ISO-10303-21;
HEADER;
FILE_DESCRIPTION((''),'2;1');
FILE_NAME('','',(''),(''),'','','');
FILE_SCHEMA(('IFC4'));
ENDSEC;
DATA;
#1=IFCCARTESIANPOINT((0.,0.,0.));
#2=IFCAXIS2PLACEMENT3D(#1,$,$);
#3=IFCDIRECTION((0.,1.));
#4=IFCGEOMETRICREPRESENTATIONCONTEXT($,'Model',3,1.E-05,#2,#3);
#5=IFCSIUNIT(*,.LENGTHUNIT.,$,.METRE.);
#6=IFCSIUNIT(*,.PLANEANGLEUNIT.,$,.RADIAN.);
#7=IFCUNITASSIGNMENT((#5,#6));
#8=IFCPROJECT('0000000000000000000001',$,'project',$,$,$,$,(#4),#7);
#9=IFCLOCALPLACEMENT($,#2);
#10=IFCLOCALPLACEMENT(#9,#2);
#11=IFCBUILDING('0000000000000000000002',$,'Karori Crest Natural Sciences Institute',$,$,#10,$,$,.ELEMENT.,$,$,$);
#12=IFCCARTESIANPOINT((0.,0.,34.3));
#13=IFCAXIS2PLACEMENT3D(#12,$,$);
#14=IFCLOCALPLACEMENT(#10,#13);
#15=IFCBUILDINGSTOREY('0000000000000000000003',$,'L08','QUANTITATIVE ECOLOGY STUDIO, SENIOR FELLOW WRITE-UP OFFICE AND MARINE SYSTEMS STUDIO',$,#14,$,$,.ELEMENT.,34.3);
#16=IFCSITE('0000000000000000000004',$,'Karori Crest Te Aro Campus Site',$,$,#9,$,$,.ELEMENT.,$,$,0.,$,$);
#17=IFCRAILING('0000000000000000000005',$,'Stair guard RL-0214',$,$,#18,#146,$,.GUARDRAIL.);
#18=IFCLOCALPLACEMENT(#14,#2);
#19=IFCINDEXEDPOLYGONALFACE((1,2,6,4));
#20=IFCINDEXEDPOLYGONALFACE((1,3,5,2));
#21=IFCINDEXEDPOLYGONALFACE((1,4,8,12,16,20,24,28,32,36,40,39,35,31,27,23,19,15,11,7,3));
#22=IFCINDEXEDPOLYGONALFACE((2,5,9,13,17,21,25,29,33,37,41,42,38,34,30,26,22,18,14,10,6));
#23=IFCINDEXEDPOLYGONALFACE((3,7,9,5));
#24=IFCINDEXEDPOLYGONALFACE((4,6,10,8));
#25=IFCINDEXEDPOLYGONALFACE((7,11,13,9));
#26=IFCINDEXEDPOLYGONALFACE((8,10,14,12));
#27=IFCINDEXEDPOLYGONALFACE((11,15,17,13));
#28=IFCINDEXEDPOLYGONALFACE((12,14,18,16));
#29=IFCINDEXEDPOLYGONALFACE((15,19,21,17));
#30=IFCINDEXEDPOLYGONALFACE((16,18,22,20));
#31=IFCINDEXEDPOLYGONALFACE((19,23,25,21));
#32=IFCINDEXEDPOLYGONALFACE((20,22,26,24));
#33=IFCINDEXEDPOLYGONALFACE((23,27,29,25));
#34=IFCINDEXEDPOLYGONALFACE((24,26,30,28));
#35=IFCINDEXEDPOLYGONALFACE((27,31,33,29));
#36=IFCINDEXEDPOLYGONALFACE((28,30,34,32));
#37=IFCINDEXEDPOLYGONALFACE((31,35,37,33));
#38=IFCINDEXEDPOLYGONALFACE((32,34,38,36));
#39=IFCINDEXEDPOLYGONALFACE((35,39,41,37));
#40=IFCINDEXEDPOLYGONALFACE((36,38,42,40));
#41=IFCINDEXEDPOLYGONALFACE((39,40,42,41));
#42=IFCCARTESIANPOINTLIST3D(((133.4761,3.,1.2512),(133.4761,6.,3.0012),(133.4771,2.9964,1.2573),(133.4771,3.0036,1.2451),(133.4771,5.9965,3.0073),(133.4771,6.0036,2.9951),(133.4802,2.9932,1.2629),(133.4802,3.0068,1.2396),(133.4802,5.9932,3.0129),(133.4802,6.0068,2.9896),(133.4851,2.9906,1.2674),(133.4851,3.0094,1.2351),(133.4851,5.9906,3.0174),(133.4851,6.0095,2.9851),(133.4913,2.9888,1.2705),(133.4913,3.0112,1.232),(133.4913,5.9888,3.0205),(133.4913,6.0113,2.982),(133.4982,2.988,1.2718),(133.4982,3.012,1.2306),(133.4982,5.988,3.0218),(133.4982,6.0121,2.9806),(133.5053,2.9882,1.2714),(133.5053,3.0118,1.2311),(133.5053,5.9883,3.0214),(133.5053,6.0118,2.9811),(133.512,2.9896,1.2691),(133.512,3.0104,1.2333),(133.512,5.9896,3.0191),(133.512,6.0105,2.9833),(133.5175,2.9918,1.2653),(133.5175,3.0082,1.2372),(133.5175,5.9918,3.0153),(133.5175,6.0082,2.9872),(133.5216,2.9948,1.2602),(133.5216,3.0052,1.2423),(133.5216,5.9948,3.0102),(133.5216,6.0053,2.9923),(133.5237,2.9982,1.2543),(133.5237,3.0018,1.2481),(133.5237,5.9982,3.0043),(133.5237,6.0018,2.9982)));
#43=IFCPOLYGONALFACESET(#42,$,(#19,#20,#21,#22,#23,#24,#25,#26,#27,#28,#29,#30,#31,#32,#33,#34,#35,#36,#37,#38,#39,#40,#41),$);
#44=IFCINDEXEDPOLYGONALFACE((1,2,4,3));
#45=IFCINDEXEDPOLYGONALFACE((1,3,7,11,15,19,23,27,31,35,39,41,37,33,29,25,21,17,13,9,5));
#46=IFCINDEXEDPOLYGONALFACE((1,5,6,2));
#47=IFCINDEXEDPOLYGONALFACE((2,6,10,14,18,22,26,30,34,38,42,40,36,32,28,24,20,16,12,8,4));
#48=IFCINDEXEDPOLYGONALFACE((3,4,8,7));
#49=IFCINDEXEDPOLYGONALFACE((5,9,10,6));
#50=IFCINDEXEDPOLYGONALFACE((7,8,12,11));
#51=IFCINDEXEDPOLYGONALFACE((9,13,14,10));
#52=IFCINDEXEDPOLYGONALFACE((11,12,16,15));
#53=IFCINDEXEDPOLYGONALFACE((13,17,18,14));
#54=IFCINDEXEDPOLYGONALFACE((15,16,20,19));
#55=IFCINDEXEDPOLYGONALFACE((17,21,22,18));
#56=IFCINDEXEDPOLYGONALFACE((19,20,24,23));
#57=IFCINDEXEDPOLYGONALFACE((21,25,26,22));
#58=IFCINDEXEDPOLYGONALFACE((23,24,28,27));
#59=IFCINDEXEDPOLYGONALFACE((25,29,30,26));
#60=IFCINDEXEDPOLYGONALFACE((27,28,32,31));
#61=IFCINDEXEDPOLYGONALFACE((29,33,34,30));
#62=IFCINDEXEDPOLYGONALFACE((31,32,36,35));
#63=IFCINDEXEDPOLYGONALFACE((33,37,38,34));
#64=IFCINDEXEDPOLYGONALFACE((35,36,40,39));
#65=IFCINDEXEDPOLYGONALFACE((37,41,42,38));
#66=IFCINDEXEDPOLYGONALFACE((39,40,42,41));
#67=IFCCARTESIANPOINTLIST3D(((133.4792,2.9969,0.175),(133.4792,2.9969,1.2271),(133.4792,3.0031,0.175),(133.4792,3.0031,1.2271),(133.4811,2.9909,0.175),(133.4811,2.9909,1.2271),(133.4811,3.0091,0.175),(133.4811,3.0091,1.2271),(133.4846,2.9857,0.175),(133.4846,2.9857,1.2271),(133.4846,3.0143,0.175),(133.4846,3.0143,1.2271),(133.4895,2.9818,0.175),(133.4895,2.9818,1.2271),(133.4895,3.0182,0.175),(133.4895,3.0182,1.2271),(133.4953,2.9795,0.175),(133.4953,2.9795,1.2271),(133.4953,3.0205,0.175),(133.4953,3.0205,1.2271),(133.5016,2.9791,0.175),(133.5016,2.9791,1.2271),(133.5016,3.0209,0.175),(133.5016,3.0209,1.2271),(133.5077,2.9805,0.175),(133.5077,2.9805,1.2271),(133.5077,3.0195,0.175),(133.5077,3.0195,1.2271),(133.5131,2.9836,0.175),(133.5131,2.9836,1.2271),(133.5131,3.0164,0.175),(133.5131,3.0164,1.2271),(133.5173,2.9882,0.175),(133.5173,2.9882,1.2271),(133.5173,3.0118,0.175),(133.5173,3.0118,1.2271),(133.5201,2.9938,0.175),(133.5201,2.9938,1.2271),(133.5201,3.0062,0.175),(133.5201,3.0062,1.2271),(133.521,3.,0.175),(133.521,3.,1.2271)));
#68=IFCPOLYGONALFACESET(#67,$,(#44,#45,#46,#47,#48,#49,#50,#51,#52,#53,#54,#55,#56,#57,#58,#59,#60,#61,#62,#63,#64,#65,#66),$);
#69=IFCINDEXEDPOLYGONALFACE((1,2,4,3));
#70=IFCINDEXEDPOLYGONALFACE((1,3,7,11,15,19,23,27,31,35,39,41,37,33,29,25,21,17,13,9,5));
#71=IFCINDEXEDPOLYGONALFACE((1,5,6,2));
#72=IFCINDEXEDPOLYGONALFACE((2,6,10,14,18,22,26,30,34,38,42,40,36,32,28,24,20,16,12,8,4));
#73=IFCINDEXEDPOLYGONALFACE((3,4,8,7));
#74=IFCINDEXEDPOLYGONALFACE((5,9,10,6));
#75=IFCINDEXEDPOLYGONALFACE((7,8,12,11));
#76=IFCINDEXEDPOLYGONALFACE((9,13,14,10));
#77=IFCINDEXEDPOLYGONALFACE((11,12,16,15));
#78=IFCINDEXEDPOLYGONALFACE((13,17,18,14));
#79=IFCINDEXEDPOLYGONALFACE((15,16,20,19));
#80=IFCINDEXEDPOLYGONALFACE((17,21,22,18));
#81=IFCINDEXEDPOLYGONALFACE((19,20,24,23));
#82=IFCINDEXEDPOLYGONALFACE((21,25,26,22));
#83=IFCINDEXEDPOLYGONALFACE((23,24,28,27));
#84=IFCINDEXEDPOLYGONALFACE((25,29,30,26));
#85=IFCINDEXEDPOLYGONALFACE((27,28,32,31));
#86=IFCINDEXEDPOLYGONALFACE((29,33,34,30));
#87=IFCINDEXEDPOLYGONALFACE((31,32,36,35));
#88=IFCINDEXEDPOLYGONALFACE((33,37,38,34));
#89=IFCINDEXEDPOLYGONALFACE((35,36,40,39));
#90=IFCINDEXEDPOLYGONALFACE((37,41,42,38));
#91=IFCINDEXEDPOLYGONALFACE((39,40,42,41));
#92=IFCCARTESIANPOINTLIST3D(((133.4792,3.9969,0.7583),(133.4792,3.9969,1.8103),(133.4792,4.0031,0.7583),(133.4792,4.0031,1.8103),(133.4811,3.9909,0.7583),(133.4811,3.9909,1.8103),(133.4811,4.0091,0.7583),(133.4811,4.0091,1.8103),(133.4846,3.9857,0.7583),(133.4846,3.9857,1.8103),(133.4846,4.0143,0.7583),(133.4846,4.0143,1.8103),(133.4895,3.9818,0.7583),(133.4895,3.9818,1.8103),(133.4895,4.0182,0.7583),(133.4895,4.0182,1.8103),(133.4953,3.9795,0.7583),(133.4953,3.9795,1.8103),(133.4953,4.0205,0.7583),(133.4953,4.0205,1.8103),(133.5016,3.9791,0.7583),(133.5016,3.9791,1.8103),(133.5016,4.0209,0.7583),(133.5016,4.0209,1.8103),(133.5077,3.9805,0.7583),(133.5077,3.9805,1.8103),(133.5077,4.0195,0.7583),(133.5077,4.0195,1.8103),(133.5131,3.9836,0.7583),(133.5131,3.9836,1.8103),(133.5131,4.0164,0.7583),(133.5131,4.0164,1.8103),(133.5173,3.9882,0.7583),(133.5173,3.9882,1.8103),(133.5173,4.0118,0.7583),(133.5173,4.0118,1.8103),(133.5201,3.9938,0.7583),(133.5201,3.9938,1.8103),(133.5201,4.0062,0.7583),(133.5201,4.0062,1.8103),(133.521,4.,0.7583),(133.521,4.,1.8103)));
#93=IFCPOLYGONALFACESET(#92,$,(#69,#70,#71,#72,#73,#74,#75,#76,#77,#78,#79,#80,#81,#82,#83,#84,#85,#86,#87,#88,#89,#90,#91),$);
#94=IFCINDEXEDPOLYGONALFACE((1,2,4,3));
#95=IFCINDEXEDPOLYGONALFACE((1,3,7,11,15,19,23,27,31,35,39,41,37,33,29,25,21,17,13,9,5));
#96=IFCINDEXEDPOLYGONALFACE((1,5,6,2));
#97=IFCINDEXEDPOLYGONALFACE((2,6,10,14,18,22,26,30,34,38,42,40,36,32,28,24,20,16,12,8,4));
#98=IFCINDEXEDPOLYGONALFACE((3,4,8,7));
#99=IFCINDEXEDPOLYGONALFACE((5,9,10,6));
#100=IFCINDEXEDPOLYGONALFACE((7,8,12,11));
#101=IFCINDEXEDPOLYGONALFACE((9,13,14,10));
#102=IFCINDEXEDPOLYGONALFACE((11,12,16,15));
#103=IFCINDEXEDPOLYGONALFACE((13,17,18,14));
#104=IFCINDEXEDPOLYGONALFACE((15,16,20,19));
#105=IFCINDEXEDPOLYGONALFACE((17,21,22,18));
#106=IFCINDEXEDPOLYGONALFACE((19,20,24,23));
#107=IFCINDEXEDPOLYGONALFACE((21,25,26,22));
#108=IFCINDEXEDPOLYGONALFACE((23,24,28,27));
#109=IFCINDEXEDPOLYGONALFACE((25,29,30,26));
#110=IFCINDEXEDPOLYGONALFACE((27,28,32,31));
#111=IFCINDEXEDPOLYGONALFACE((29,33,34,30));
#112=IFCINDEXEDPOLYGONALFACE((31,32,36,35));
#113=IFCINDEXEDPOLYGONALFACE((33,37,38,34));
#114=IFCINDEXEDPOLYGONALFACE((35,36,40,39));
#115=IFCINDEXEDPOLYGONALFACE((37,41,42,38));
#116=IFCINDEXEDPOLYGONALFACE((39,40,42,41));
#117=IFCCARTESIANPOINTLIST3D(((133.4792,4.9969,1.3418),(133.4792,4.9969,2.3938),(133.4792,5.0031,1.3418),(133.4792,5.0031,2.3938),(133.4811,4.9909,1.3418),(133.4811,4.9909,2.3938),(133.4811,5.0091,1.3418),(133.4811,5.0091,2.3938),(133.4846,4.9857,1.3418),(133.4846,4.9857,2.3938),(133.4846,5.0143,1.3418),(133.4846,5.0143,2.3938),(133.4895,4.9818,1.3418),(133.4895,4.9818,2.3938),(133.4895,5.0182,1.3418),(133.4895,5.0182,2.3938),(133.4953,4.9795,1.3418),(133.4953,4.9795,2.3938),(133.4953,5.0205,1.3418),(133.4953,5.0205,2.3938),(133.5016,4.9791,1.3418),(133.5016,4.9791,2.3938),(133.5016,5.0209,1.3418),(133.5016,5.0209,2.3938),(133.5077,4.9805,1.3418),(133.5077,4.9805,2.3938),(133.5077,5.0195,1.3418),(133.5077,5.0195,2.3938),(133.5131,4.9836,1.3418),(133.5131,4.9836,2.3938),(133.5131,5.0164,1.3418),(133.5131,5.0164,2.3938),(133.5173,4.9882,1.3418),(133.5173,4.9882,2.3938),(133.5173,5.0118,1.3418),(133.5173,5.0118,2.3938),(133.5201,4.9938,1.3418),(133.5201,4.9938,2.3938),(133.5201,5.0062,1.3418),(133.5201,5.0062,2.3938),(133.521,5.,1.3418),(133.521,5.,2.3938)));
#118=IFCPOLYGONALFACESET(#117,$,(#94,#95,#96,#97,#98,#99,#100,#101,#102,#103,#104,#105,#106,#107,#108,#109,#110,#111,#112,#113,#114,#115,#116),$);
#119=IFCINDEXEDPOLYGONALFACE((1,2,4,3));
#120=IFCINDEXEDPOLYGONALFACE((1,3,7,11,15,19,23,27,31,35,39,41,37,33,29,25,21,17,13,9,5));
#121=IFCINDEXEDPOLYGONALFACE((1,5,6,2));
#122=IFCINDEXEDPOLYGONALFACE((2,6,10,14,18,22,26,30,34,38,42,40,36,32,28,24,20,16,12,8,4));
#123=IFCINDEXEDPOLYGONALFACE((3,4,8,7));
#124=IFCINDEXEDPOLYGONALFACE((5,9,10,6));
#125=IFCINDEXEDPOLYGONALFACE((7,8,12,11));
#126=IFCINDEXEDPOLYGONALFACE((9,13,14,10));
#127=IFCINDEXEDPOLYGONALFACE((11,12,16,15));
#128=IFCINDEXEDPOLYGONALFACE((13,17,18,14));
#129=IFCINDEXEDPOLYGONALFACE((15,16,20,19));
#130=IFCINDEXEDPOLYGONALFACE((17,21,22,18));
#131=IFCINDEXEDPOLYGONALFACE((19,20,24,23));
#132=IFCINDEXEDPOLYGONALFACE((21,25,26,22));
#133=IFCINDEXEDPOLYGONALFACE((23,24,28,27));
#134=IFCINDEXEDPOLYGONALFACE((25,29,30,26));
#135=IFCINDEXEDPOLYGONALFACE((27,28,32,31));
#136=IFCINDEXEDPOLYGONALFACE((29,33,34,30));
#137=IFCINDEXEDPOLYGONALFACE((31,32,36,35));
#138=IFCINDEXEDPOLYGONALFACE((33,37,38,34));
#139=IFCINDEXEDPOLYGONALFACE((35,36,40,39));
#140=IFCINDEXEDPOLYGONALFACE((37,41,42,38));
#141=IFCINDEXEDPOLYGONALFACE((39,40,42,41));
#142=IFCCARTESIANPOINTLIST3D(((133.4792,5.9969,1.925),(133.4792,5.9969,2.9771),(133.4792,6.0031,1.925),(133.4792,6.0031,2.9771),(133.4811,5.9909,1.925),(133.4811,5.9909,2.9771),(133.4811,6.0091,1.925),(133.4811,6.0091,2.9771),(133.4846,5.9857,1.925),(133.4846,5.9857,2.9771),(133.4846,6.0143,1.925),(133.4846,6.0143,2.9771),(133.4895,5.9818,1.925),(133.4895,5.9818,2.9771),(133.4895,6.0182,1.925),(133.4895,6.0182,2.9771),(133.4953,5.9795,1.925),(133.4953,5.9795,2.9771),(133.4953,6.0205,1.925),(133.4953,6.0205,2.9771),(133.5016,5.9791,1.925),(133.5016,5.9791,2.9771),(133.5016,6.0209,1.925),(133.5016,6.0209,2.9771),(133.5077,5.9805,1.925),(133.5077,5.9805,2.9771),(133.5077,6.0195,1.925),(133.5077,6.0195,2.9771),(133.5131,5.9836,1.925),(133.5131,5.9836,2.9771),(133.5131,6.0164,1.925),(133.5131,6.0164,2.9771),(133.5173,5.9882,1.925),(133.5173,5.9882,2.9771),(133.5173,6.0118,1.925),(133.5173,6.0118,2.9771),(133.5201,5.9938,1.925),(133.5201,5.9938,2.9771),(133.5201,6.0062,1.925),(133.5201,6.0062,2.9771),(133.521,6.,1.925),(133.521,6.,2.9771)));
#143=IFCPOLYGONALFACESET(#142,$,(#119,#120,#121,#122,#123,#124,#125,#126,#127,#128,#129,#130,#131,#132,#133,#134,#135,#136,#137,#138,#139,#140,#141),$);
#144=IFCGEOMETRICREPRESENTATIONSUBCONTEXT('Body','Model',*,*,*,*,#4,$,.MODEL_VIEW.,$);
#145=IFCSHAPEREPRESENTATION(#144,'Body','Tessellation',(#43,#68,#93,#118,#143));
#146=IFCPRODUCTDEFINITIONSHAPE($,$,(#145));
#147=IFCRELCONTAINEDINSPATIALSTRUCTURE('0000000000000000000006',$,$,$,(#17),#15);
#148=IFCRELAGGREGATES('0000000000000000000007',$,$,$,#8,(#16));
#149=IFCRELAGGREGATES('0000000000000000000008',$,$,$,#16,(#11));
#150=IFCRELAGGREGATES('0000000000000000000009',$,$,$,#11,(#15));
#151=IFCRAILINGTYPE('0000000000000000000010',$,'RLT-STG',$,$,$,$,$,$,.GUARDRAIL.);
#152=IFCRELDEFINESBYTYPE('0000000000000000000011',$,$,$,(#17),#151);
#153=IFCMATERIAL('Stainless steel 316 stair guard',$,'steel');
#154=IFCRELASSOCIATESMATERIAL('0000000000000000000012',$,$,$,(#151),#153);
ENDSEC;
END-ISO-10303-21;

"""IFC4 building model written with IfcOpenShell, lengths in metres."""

from ifc_helpers import new_model, si_unit, direction, frame, origin, origin_2d, place, context, subcontext, project, spatial, circle, extrude, material, type_object, element, save


model = new_model("IFC4")

# Units and contexts
model_context = context("Model", 3, precision=1e-05, world=origin(), true_north=direction((0.0, 1.0)))
body_context = subcontext(model_context, "Body", "Model", "MODEL_VIEW")
ifc_project = project(units=[si_unit("LENGTHUNIT", "METRE"), si_unit("PLANEANGLEUNIT", "RADIAN")], contexts=[model_context])

# Site, building, storey
site_placement = place(None, origin())
site = spatial("IfcSite", under=ifc_project, at=site_placement, Name="Karori Crest Te Aro Campus Site", CompositionType="ELEMENT", RefElevation=0.0)
building_placement = place(site_placement, origin())
building = spatial("IfcBuilding", under=site, at=building_placement, Name="Karori Crest Natural Sciences Institute", CompositionType="ELEMENT")
storey_placement = place(building_placement, frame((0.0, 0.0, 34.3)))
storey = spatial("IfcBuildingStorey", under=building, at=storey_placement, Name="L08", Description="QUANTITATIVE ECOLOGY STUDIO, SENIOR FELLOW WRITE-UP OFFICE AND MARINE SYSTEMS STUDIO", CompositionType="ELEMENT", Elevation=34.3)

# Railing
ifc_material_1 = material(Name="Stainless steel 316 stair guard", Category="steel")
railing_type_1 = type_object("IfcRailingType", Name="RLT-STG", PredefinedType="GUARDRAIL", material=ifc_material_1)
railing_1_placement = place(storey_placement, frame((133.5, 3.0, 0.175)))
element("IfcRailing", 1, at=railing_1_placement, inside=storey, type_object=railing_type_1, Name="Stair guard RL-0214", PredefinedType="GUARDRAIL", context=body_context, shape_type="SweptSolid", body=[
    extrude(circle(Radius=0.0239, at=origin_2d()), frame((0.0, 0.0, 1.0762), z_axis=(0.0, 0.863779, 0.503871), x_axis=(-1.0, 0.0, 0.0)), (0.0, 0.0, 1.0), 3.4731),
    extrude(circle(Radius=0.021, at=origin_2d()), origin(), (0.0, 0.0, 1.0), 1.052),
    extrude(circle(Radius=0.021, at=origin_2d()), frame((0.0, 1.0, 0.5833)), (0.0, 0.0, 1.0), 1.052),
    extrude(circle(Radius=0.021, at=origin_2d()), frame((0.0, 2.0, 1.1667)), (0.0, 0.0, 1.0), 1.052),
    extrude(circle(Radius=0.021, at=origin_2d()), frame((0.0, 3.0, 1.75)), (0.0, 0.0, 1.0), 1.052),
])

save(model, "model.ifc")
